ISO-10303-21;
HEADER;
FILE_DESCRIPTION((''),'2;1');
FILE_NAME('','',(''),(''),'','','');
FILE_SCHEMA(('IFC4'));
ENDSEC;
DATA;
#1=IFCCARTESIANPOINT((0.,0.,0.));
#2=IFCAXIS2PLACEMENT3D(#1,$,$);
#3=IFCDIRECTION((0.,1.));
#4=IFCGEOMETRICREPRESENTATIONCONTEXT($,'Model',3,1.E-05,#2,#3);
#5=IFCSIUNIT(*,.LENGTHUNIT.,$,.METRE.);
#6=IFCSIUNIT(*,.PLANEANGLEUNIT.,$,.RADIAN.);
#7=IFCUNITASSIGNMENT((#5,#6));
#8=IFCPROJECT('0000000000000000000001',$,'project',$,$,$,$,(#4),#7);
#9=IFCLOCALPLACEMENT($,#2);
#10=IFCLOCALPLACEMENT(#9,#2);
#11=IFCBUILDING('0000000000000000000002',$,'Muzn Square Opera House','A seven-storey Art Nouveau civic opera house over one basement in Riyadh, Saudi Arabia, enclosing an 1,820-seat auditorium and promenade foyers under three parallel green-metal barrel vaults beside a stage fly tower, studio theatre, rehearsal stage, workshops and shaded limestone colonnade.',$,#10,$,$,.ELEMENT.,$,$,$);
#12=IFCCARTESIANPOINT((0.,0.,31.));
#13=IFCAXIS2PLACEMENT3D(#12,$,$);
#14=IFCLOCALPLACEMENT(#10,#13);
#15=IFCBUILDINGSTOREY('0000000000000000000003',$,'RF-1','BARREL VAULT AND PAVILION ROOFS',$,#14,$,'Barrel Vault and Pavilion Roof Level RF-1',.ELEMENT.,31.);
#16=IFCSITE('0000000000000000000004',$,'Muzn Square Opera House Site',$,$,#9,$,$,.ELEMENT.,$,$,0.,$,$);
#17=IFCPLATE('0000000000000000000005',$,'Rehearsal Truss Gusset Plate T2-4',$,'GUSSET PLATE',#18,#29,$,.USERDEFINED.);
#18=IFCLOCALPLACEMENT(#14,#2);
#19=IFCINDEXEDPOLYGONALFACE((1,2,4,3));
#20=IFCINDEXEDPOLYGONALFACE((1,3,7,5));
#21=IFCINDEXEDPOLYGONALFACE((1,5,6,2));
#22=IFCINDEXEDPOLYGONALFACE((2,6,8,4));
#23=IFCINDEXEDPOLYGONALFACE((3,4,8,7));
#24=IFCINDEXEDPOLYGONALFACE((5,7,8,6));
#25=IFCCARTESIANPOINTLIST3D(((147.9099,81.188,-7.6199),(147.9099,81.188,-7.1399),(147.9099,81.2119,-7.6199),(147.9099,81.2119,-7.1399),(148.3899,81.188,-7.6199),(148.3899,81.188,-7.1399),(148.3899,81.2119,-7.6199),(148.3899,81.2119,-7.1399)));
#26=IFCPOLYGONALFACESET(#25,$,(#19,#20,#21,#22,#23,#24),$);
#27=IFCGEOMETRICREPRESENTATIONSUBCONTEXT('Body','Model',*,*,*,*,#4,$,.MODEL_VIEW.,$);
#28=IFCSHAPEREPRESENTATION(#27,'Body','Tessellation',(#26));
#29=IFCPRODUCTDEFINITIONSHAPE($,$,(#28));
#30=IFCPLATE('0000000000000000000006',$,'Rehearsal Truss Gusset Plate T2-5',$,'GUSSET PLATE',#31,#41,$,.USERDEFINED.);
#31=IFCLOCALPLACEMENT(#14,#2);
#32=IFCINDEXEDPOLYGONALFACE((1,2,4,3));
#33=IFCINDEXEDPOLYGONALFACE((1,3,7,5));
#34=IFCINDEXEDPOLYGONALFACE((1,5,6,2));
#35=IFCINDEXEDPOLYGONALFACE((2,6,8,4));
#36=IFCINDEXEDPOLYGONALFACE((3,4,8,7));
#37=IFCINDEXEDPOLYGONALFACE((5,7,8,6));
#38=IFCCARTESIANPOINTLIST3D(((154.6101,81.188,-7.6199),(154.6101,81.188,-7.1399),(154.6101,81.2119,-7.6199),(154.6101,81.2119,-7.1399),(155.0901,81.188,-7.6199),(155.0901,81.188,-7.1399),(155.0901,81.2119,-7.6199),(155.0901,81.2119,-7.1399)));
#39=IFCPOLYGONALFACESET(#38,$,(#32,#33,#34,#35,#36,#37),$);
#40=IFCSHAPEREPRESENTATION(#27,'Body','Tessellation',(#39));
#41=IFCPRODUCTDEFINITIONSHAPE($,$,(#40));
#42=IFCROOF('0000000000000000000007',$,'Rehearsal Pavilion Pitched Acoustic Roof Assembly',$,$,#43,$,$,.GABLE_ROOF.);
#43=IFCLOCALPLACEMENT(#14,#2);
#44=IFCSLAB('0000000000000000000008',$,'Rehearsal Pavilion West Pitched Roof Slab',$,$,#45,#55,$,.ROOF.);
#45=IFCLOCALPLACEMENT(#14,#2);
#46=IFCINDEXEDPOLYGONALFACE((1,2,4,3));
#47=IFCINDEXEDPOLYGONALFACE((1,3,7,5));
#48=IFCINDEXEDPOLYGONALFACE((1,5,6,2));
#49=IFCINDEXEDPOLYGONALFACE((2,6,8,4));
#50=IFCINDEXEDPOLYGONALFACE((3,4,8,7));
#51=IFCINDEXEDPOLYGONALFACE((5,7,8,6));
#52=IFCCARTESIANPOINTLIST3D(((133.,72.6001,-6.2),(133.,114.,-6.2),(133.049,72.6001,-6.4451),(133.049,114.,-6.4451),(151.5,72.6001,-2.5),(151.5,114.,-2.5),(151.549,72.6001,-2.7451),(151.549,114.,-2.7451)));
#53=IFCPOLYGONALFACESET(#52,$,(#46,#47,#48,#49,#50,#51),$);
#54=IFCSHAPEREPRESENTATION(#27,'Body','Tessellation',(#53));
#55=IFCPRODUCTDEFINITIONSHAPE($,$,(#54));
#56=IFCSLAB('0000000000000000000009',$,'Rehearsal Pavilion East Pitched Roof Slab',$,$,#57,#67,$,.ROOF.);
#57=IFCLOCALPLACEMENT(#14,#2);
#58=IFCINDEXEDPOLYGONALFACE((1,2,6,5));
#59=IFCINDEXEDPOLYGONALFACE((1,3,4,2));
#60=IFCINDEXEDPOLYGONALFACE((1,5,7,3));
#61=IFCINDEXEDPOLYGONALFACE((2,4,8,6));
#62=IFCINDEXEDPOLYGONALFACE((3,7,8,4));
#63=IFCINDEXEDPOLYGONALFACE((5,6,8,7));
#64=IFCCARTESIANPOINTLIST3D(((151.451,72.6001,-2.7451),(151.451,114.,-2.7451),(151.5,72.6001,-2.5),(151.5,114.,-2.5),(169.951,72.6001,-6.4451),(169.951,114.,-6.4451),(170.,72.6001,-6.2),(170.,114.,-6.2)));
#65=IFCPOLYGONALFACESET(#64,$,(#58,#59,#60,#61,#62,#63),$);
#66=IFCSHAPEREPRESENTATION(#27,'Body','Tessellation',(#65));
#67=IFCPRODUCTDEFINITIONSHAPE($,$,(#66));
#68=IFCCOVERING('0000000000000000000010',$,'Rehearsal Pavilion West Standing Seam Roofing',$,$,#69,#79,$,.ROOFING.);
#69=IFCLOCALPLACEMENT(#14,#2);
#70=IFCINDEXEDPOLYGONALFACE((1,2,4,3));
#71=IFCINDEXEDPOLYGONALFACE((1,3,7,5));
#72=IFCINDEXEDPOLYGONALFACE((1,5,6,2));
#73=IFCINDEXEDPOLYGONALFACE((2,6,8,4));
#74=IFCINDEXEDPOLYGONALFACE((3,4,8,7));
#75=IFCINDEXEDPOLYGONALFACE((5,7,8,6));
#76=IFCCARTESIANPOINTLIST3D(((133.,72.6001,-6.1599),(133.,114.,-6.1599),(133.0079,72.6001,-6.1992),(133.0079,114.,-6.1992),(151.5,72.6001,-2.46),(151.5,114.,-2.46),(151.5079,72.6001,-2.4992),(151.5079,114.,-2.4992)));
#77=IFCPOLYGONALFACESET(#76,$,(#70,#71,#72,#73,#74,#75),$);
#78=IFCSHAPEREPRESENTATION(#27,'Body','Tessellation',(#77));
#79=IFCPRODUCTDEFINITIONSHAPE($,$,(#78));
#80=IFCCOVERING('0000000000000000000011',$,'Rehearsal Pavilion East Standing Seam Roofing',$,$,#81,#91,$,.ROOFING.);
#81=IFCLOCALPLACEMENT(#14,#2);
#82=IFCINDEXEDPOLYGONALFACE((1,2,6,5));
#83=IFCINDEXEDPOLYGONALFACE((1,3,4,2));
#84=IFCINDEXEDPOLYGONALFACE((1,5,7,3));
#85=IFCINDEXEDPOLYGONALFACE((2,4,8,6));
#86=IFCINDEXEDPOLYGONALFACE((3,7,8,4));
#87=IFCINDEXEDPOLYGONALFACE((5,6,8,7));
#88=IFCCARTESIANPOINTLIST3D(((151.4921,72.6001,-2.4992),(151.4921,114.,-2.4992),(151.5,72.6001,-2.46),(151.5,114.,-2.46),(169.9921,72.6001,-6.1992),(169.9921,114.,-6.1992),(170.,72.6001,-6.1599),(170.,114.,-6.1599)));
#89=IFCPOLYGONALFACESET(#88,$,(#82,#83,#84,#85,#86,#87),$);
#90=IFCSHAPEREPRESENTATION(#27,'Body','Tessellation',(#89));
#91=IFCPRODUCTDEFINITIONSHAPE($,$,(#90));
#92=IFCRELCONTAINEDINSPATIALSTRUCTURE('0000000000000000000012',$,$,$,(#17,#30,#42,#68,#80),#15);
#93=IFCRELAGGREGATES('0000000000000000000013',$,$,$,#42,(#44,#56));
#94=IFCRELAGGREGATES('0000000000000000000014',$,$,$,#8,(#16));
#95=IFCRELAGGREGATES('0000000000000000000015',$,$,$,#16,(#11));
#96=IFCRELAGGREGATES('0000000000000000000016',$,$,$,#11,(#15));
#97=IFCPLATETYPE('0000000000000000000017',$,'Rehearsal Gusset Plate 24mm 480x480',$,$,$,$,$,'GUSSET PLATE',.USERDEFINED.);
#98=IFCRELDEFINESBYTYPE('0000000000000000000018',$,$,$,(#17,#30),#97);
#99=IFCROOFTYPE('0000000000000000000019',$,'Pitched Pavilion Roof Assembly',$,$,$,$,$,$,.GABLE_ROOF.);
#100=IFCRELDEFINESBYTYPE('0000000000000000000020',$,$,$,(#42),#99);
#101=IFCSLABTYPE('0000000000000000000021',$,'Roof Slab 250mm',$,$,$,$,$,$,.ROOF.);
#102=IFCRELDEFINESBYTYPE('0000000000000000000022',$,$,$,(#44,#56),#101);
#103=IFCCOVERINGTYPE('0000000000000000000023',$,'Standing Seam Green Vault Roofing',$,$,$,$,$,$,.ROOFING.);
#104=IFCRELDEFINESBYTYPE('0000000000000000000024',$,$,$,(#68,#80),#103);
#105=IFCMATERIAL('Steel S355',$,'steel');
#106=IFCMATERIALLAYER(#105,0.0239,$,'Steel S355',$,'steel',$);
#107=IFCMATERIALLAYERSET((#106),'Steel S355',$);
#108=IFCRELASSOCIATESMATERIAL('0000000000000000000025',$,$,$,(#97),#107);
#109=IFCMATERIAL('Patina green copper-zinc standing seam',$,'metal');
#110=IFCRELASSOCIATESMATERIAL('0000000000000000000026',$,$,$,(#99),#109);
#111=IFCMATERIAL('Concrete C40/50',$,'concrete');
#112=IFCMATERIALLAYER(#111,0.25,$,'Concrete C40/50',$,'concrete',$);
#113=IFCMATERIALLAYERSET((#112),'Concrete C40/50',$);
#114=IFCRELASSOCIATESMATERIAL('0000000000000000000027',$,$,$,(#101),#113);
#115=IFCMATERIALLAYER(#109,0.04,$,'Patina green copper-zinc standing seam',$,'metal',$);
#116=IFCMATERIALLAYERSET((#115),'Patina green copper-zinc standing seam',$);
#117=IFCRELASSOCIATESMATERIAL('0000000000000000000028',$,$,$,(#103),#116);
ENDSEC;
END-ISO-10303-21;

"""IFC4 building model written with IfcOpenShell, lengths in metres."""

from ifc_helpers import new_model, si_unit, direction, frame, origin, origin_2d, place, context, subcontext, project, spatial, polyline, rectangle, outline, extrude, material, layer, layer_set, type_object, element, aggregate, save


model = new_model("IFC4")

# Units and contexts
model_context = context("Model", 3, precision=1e-05, world=origin(), true_north=direction((0.0, 1.0)))
body_context = subcontext(model_context, "Body", "Model", "MODEL_VIEW")
ifc_project = project(units=[si_unit("LENGTHUNIT", "METRE"), si_unit("PLANEANGLEUNIT", "RADIAN")], contexts=[model_context])

# Site, building, storey
site_placement = place(None, origin())
site = spatial("IfcSite", under=ifc_project, at=site_placement, Name="Muzn Square Opera House Site", CompositionType="ELEMENT", RefElevation=0.0)
building_placement = place(site_placement, origin())
building = spatial("IfcBuilding", under=site, at=building_placement, Name="Muzn Square Opera House", Description="A seven-storey Art Nouveau civic opera house over one basement in Riyadh, Saudi Arabia, enclosing an 1,820-seat auditorium and promenade foyers under three parallel green-metal barrel vaults beside a stage fly tower, studio theatre, rehearsal stage, workshops and shaded limestone colonnade.", CompositionType="ELEMENT")
storey_placement = place(building_placement, frame((0.0, 0.0, 31.0)))
storey = spatial("IfcBuildingStorey", under=building, at=storey_placement, Name="RF-1", Description="BARREL VAULT AND PAVILION ROOFS", LongName="Barrel Vault and Pavilion Roof Level RF-1", CompositionType="ELEMENT", Elevation=31.0)

# Shared definitions
ifc_material_1 = material(Name="Steel S355", Category="steel")

# Plates
ifc_layer_1 = layer(ifc_material_1, 0.0239, Name="Steel S355", Category="steel")
ifc_layer_set_1 = layer_set([ifc_layer_1], Name="Steel S355")
plate_type = type_object("IfcPlateType", Name="Rehearsal Gusset Plate 24mm 480x480", ElementType="GUSSET PLATE", PredefinedType="USERDEFINED", material=ifc_layer_set_1)
for number, where, z_axis, x_axis, name in (
    (1, (148.1499, 81.2, -7.6199), (0.0, 0.0, 1.0), (1.0, 0.0, 0.0), "Rehearsal Truss Gusset Plate T2-4"),
    (2, (154.8501, 81.2, -7.6199), (0.0, 0.0, 1.0), (1.0, 0.0, 0.0), "Rehearsal Truss Gusset Plate T2-5"),
):
    element("IfcPlate", number, at=place(storey_placement, frame(where, z_axis=z_axis, x_axis=x_axis)), inside=storey, type_object=plate_type, Name=name, ObjectType="GUSSET PLATE", PredefinedType="USERDEFINED", context=body_context, shape_type="SweptSolid", body=[
        extrude(rectangle(XDim=0.48, YDim=0.0239, at=origin_2d()), origin(), (0.0, 0.0, 1.0), 0.48),
    ])

# Roof, slabs
ifc_material_2 = material(Name="Patina green copper-zinc standing seam", Category="metal")
roof_type = type_object("IfcRoofType", Name="Pitched Pavilion Roof Assembly", PredefinedType="GABLE_ROOF", material=ifc_material_2)
roof_placement = place(storey_placement, origin())
roof = element("IfcRoof", 3, at=roof_placement, inside=storey, type_object=roof_type, Name="Rehearsal Pavilion Pitched Acoustic Roof Assembly", PredefinedType="GABLE_ROOF")
ifc_material_3 = material(Name="Concrete C40/50", Category="concrete")
ifc_layer_2 = layer(ifc_material_3, 0.25, Name="Concrete C40/50", Category="concrete")
ifc_layer_set_2 = layer_set([ifc_layer_2], Name="Concrete C40/50")
slab_type = type_object("IfcSlabType", Name="Roof Slab 250mm", PredefinedType="ROOF", material=ifc_layer_set_2)
slab_1_placement = place(storey_placement, frame((151.5, 72.6001, -2.5), z_axis=(-0.196114, 0.0, 0.980581), x_axis=(0.0, 1.0, 0.0)))
slab_1 = element("IfcSlab", 4, at=slab_1_placement, type_object=slab_type, Name="Rehearsal Pavilion West Pitched Roof Slab", PredefinedType="ROOF", context=body_context, shape_type="SweptSolid", body=[
    extrude(outline(polyline([(0.0, 18.8664), (0.0, 0.0), (41.3999, 0.0), (41.3999, 18.8664), (0.0, 18.8664)])), origin(), (0.0, 0.0, -1.0), 0.25),
])
slab_2_placement = place(storey_placement, frame((151.5, 72.6001, -2.5), z_axis=(0.196114, 0.0, 0.980581), x_axis=(0.980581, 0.0, -0.196114)))
slab_2 = element("IfcSlab", 5, at=slab_2_placement, type_object=slab_type, Name="Rehearsal Pavilion East Pitched Roof Slab", PredefinedType="ROOF", context=body_context, shape_type="SweptSolid", body=[
    extrude(outline(polyline([(0.0, 0.0), (18.8664, 0.0), (18.8664, 41.3999), (0.0, 41.3999), (0.0, 0.0)])), origin(), (0.0, 0.0, -1.0), 0.25),
])
aggregate(roof, [slab_1, slab_2])

# Coverings
ifc_layer_3 = layer(ifc_material_2, 0.04, Name="Patina green copper-zinc standing seam", Category="metal")
ifc_layer_set_3 = layer_set([ifc_layer_3], Name="Patina green copper-zinc standing seam")
covering_type = type_object("IfcCoveringType", Name="Standing Seam Green Vault Roofing", PredefinedType="ROOFING", material=ifc_layer_set_3)
covering_1_placement = place(storey_placement, frame((151.5, 72.6001, -2.46), z_axis=(-0.196114, 0.0, 0.980581), x_axis=(0.0, 1.0, 0.0)))
element("IfcCovering", 6, at=covering_1_placement, inside=storey, type_object=covering_type, Name="Rehearsal Pavilion West Standing Seam Roofing", PredefinedType="ROOFING", context=body_context, shape_type="SweptSolid", body=[
    extrude(outline(polyline([(0.0, 18.8664), (0.0, 0.0), (41.3999, 0.0), (41.3999, 18.8664), (0.0, 18.8664)])), origin(), (0.0, 0.0, -1.0), 0.04),
])
covering_2_placement = place(storey_placement, frame((151.5, 72.6001, -2.46), z_axis=(0.196114, 0.0, 0.980581), x_axis=(0.980581, 0.0, -0.196114)))
element("IfcCovering", 7, at=covering_2_placement, inside=storey, type_object=covering_type, Name="Rehearsal Pavilion East Standing Seam Roofing", PredefinedType="ROOFING", context=body_context, shape_type="SweptSolid", body=[
    extrude(outline(polyline([(0.0, 0.0), (18.8664, 0.0), (18.8664, 41.3999), (0.0, 41.3999), (0.0, 0.0)])), origin(), (0.0, 0.0, -1.0), 0.04),
])

save(model, "model.ifc")
